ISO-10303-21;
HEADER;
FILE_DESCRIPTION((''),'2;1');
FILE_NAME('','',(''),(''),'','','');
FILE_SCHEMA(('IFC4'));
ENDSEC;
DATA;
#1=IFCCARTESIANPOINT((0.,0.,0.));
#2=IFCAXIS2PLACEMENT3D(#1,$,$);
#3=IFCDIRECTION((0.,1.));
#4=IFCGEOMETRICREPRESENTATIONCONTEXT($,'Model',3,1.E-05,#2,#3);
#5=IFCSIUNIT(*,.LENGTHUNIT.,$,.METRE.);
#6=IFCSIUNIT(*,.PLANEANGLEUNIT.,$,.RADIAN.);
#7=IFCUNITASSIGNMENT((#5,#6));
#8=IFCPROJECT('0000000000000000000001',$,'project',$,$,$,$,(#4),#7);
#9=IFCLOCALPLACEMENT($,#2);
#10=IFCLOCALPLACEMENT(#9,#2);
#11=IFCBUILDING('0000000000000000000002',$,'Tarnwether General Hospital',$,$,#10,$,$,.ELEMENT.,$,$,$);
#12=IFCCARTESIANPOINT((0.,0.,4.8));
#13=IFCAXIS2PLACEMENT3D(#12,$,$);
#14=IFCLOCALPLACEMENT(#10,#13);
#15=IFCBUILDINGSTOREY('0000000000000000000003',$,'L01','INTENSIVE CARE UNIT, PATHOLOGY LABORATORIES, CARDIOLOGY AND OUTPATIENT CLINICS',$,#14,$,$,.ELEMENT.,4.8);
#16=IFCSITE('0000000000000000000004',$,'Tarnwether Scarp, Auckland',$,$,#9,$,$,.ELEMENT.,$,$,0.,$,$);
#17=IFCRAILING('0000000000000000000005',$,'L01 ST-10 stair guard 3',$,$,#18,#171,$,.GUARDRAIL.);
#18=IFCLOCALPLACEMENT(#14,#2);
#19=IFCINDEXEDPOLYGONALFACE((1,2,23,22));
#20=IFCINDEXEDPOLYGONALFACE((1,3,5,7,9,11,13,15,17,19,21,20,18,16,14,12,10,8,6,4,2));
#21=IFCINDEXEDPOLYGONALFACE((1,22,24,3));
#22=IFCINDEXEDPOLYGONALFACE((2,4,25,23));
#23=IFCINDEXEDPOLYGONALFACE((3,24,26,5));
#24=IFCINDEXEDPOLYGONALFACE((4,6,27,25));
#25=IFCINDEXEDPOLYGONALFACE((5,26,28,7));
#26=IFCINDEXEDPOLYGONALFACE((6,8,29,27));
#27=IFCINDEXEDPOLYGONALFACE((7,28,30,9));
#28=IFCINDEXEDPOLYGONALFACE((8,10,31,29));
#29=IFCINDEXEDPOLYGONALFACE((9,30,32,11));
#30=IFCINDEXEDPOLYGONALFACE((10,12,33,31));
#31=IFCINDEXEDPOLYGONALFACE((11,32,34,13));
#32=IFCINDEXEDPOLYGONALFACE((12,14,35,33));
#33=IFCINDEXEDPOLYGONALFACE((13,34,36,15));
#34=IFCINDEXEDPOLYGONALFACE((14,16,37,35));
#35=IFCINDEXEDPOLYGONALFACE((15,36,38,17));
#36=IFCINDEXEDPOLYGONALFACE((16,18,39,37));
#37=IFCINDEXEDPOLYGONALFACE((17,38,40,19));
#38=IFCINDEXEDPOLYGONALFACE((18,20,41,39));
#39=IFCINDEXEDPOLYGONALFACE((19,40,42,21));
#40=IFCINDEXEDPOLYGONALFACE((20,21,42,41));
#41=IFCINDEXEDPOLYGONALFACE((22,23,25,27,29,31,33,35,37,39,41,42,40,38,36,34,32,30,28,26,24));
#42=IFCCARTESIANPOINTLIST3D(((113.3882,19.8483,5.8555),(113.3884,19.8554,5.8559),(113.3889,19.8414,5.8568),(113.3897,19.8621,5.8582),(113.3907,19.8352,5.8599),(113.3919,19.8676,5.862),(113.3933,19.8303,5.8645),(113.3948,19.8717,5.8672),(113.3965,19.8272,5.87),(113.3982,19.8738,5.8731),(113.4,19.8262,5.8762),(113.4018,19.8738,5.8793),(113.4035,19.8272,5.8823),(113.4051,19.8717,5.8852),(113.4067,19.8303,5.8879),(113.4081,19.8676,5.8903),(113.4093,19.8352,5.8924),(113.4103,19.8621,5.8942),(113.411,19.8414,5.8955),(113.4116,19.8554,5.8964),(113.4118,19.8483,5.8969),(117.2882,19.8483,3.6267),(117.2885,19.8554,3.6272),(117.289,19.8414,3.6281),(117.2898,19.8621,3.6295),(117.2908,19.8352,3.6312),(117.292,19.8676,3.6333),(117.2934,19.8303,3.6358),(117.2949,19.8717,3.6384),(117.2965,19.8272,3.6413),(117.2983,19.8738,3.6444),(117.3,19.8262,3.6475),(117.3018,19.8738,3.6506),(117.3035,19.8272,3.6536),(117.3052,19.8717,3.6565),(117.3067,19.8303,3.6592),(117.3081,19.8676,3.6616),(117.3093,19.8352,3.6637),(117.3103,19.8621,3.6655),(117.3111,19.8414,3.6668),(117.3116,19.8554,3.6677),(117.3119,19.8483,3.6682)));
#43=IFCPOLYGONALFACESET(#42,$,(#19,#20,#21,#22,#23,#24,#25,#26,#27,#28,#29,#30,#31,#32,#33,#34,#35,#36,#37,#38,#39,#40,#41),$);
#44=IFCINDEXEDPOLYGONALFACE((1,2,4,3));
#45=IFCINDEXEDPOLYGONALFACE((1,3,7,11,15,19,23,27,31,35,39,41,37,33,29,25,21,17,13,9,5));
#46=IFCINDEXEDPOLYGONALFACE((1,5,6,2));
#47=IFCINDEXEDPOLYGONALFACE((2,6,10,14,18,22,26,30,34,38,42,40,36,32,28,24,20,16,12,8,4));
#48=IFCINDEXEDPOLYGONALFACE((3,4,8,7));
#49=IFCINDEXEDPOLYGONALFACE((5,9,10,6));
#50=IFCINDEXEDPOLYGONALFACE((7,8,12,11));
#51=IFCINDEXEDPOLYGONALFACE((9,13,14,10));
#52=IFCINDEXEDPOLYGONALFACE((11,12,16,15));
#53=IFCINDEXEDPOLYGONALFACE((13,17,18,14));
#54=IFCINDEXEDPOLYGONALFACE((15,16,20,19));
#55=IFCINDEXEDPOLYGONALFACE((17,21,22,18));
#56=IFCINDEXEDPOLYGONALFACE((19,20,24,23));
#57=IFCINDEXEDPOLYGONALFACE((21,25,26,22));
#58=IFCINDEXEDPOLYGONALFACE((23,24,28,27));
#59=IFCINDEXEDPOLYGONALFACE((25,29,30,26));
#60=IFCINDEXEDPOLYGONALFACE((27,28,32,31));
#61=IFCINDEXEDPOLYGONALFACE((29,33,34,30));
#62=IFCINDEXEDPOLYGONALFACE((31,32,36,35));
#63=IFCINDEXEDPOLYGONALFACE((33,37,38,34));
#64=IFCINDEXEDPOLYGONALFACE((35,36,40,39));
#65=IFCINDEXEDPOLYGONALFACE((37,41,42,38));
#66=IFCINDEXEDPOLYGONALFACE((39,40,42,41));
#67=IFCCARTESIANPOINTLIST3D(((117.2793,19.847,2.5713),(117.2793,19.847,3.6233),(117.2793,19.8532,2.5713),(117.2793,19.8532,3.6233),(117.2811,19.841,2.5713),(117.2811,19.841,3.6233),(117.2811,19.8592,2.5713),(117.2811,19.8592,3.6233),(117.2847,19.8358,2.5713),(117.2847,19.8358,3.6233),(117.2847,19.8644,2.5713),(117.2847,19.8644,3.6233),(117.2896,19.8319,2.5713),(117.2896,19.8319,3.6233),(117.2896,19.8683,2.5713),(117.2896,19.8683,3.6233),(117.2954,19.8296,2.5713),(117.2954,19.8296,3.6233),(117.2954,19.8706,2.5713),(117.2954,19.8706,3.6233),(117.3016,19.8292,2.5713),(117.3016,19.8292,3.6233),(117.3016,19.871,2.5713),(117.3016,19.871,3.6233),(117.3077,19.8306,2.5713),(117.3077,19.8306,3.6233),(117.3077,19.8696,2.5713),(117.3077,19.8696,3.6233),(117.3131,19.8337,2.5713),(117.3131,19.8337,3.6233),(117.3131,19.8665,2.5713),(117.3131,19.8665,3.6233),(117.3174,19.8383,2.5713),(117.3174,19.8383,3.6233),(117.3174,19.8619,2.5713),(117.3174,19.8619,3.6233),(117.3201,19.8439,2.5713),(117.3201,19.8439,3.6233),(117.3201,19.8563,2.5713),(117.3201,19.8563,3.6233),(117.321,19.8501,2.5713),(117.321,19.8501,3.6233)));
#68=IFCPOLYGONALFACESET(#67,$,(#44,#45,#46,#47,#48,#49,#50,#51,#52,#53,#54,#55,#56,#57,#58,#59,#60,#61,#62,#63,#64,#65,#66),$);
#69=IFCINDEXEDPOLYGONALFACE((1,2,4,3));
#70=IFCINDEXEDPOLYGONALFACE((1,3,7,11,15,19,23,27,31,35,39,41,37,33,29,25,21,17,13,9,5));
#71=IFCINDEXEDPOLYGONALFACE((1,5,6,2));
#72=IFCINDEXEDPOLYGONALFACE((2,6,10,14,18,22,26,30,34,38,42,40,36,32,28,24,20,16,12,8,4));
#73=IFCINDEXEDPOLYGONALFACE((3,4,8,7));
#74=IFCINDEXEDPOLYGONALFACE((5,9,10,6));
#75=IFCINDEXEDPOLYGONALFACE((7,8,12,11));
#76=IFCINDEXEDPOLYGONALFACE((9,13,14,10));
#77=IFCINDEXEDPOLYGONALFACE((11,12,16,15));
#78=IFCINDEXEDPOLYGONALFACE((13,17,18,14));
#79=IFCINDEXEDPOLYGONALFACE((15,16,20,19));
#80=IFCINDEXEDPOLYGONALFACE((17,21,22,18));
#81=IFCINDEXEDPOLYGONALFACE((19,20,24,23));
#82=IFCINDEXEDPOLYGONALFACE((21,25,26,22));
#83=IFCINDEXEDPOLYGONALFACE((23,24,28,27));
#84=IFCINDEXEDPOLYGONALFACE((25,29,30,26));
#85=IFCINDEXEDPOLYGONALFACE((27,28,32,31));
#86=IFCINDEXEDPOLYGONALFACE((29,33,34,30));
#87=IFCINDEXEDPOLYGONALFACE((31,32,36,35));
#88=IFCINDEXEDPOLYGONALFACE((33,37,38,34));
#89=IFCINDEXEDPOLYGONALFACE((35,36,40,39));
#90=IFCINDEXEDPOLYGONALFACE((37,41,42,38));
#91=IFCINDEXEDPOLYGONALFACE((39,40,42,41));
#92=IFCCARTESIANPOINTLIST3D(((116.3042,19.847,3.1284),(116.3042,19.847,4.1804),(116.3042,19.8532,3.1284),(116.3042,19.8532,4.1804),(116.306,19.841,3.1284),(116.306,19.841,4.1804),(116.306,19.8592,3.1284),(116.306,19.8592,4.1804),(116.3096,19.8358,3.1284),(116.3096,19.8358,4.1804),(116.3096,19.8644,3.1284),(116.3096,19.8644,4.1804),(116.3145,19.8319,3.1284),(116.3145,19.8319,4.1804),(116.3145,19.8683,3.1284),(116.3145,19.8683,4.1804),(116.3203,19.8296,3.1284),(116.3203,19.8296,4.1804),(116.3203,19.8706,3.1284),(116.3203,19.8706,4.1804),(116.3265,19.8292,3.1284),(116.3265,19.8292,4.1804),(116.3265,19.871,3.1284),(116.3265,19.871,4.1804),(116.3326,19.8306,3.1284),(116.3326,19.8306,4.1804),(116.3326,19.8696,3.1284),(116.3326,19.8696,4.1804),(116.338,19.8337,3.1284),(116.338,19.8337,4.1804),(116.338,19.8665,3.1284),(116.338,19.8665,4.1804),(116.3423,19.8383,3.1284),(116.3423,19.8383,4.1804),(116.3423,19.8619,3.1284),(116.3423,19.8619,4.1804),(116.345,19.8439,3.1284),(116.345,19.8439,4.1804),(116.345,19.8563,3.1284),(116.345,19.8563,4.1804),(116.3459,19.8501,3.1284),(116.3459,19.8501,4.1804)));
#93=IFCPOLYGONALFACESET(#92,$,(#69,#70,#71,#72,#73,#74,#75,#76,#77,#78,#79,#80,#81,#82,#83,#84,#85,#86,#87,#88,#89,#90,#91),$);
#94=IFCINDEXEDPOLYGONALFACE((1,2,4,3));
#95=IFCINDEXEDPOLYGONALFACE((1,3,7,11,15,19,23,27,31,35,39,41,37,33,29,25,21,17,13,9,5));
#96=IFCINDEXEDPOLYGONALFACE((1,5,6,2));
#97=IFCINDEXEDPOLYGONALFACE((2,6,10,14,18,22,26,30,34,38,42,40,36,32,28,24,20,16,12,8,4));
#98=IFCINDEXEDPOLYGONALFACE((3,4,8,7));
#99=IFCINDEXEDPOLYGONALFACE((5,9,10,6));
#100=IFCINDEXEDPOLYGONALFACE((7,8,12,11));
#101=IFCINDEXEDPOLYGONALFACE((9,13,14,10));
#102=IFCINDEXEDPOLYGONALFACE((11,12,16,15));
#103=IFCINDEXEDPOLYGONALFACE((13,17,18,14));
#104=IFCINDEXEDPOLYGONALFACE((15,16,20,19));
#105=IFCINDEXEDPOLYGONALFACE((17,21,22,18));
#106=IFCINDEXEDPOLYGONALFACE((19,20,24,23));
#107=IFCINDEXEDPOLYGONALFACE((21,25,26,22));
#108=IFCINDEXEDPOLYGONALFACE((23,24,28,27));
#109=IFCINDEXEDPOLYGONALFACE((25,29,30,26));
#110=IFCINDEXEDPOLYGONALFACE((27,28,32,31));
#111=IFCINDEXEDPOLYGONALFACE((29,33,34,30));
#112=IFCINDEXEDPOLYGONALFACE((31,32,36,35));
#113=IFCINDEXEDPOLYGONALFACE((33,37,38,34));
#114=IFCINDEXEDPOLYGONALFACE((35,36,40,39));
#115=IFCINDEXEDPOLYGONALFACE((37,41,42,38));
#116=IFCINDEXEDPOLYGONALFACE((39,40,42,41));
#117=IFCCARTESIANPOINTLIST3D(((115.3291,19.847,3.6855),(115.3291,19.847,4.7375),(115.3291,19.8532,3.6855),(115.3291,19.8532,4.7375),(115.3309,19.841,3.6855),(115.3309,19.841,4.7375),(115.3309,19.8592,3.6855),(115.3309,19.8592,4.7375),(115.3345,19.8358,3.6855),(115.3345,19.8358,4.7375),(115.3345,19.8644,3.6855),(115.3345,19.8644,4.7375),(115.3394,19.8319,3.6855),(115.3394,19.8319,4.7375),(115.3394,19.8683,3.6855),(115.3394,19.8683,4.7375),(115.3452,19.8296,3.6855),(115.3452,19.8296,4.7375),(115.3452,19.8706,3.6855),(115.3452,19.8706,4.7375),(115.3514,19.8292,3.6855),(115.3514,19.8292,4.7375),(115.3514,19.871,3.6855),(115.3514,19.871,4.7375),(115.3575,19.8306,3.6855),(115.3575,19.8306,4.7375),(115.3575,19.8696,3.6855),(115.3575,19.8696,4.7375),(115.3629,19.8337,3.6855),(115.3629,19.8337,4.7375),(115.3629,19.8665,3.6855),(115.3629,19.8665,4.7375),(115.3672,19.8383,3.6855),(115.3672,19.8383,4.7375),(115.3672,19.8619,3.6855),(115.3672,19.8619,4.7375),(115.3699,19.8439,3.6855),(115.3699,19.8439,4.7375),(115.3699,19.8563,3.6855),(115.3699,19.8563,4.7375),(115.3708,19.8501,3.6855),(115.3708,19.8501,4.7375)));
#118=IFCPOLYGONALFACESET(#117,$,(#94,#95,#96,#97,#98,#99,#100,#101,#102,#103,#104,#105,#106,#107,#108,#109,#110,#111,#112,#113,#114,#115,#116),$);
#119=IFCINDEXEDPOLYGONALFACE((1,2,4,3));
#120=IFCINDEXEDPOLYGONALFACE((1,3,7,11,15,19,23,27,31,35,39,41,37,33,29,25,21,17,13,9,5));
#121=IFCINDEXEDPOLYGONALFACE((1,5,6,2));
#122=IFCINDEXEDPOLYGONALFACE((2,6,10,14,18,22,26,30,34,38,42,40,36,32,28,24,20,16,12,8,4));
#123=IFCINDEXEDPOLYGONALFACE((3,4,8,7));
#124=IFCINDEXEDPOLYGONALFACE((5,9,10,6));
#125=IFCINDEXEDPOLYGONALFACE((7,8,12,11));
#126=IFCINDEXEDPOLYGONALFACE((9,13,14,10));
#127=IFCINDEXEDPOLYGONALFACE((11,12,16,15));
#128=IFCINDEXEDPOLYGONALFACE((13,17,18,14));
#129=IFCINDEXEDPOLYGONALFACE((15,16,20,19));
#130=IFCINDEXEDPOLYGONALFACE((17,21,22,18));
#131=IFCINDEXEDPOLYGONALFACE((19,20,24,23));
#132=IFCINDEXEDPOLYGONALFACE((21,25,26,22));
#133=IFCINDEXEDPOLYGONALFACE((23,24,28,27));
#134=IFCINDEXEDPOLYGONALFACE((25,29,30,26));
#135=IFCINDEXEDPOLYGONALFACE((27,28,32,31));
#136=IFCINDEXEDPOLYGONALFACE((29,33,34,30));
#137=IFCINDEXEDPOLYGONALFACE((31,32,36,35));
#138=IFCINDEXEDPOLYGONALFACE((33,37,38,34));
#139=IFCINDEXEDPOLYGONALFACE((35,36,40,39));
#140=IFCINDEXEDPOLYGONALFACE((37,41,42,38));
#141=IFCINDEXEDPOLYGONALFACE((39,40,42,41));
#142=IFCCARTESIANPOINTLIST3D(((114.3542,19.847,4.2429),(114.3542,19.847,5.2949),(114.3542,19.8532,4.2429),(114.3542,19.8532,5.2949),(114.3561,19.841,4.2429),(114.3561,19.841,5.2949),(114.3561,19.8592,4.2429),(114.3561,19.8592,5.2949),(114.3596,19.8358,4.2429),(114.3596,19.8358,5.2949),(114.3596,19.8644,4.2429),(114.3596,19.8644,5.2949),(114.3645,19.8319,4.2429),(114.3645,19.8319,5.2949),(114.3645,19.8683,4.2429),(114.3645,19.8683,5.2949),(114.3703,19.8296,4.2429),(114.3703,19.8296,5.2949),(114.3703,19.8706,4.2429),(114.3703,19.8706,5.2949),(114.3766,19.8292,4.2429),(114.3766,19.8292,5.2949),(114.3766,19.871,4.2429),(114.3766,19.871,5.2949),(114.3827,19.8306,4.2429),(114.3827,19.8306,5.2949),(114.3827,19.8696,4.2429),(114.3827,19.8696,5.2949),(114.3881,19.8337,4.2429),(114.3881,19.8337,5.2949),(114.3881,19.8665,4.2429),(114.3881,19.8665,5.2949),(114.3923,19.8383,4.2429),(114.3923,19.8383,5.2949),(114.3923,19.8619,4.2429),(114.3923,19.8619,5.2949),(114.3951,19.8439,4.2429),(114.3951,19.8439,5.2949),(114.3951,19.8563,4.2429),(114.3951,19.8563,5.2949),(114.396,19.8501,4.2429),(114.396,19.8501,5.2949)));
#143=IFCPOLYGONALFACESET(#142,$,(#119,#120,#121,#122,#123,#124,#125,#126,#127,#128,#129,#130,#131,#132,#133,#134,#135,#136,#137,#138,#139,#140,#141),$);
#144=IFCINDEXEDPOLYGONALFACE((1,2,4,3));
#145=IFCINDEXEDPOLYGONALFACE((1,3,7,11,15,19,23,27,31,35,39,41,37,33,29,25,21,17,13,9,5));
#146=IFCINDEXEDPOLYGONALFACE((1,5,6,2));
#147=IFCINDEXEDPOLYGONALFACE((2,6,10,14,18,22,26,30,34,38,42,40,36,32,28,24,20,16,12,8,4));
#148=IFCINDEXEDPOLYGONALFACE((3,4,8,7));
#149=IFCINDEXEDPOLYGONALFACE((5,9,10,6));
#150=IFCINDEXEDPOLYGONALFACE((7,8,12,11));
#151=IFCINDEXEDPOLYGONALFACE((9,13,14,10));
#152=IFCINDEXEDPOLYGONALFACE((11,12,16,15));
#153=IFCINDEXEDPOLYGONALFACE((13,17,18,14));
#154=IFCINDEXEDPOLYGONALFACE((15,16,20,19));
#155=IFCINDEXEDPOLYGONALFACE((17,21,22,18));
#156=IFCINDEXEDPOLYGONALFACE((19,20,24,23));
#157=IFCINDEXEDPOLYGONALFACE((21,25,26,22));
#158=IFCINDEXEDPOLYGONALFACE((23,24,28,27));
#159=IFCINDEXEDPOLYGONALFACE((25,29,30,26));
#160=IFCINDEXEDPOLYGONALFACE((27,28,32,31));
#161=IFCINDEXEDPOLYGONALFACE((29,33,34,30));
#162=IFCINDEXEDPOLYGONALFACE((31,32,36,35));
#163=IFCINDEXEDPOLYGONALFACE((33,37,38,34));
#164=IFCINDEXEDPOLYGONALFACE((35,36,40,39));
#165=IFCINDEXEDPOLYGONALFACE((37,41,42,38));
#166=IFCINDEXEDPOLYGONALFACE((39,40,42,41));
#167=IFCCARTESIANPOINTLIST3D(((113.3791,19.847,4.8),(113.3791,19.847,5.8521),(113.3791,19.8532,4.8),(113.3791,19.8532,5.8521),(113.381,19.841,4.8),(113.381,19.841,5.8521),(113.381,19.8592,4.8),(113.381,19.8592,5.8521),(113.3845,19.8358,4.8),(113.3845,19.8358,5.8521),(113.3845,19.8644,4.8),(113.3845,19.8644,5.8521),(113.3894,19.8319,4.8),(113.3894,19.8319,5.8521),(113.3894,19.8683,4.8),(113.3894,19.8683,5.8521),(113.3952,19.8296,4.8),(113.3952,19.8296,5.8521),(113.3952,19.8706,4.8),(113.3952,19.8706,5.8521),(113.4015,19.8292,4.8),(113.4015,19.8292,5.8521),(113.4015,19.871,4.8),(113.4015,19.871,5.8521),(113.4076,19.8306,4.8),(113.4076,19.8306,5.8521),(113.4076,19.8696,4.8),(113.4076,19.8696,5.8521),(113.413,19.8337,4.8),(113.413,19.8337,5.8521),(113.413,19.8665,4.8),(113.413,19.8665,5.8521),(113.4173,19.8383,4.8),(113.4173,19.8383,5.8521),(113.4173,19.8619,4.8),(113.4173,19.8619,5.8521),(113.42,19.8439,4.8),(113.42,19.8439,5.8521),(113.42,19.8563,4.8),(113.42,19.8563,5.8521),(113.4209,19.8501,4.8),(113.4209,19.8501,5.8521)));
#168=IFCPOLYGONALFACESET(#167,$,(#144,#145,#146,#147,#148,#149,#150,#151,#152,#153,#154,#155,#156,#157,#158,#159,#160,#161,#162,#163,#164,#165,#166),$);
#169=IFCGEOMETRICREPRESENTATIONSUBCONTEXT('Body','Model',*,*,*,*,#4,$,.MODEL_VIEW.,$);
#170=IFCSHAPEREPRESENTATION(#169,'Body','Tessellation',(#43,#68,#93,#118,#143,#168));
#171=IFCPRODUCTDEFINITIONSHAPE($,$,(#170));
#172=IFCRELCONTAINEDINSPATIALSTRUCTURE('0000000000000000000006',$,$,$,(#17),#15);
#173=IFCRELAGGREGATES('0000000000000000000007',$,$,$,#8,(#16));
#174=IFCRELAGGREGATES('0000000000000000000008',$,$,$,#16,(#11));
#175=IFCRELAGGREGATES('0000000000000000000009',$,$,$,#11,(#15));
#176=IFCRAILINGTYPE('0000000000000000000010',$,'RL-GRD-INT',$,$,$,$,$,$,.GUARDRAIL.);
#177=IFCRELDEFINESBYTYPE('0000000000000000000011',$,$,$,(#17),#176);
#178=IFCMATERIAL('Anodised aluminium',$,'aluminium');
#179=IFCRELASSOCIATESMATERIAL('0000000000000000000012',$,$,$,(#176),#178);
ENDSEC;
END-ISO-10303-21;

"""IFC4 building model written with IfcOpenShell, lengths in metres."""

from ifc_helpers import new_model, si_unit, direction, frame, origin, origin_2d, place, context, subcontext, project, spatial, circle, extrude, material, type_object, element, save


model = new_model("IFC4")

# Units and contexts
model_context = context("Model", 3, precision=1e-05, world=origin(), true_north=direction((0.0, 1.0)))
body_context = subcontext(model_context, "Body", "Model", "MODEL_VIEW")
ifc_project = project(units=[si_unit("LENGTHUNIT", "METRE"), si_unit("PLANEANGLEUNIT", "RADIAN")], contexts=[model_context])

# Site, building, storey
site_placement = place(None, origin())
site = spatial("IfcSite", under=ifc_project, at=site_placement, Name="Tarnwether Scarp, Auckland", CompositionType="ELEMENT", RefElevation=0.0)
building_placement = place(site_placement, origin())
building = spatial("IfcBuilding", under=site, at=building_placement, Name="Tarnwether General Hospital", CompositionType="ELEMENT")
storey_placement = place(building_placement, frame((0.0, 0.0, 4.8)))
storey = spatial("IfcBuildingStorey", under=building, at=storey_placement, Name="L01", Description="INTENSIVE CARE UNIT, PATHOLOGY LABORATORIES, CARDIOLOGY AND OUTPATIENT CLINICS", CompositionType="ELEMENT", Elevation=4.8)

# Railing
ifc_material_1 = material(Name="Anodised aluminium", Category="aluminium")
railing_type_1 = type_object("IfcRailingType", Name="RL-GRD-INT", PredefinedType="GUARDRAIL", material=ifc_material_1)
railing_1_placement = place(storey_placement, frame((117.3, 19.8501, 2.5713)))
element("IfcRailing", 1, at=railing_1_placement, inside=storey, type_object=railing_type_1, Name="L01 ST-10 stair guard 3", PredefinedType="GUARDRAIL", context=body_context, shape_type="SweptSolid", body=[
    extrude(circle(Radius=0.0239, at=origin_2d()), frame((0.0, 0.0, 1.0762), z_axis=(-0.868233, 0.0, 0.496156), x_axis=(0.0, -1.0, 0.0)), (0.0, 0.0, 1.0), 4.4919),
    extrude(circle(Radius=0.021, at=origin_2d()), origin(), (0.0, 0.0, 1.0), 1.052),
    extrude(circle(Radius=0.021, at=origin_2d()), frame((-0.9751, 0.0, 0.5571)), (0.0, 0.0, 1.0), 1.052),
    extrude(circle(Radius=0.021, at=origin_2d()), frame((-1.9502, 0.0, 1.1143)), (0.0, 0.0, 1.0), 1.052),
    extrude(circle(Radius=0.021, at=origin_2d()), frame((-2.925, 0.0, 1.6716)), (0.0, 0.0, 1.0), 1.052),
    extrude(circle(Radius=0.021, at=origin_2d()), frame((-3.9001, 0.0, 2.2288)), (0.0, 0.0, 1.0), 1.052),
])

save(model, "model.ifc")
